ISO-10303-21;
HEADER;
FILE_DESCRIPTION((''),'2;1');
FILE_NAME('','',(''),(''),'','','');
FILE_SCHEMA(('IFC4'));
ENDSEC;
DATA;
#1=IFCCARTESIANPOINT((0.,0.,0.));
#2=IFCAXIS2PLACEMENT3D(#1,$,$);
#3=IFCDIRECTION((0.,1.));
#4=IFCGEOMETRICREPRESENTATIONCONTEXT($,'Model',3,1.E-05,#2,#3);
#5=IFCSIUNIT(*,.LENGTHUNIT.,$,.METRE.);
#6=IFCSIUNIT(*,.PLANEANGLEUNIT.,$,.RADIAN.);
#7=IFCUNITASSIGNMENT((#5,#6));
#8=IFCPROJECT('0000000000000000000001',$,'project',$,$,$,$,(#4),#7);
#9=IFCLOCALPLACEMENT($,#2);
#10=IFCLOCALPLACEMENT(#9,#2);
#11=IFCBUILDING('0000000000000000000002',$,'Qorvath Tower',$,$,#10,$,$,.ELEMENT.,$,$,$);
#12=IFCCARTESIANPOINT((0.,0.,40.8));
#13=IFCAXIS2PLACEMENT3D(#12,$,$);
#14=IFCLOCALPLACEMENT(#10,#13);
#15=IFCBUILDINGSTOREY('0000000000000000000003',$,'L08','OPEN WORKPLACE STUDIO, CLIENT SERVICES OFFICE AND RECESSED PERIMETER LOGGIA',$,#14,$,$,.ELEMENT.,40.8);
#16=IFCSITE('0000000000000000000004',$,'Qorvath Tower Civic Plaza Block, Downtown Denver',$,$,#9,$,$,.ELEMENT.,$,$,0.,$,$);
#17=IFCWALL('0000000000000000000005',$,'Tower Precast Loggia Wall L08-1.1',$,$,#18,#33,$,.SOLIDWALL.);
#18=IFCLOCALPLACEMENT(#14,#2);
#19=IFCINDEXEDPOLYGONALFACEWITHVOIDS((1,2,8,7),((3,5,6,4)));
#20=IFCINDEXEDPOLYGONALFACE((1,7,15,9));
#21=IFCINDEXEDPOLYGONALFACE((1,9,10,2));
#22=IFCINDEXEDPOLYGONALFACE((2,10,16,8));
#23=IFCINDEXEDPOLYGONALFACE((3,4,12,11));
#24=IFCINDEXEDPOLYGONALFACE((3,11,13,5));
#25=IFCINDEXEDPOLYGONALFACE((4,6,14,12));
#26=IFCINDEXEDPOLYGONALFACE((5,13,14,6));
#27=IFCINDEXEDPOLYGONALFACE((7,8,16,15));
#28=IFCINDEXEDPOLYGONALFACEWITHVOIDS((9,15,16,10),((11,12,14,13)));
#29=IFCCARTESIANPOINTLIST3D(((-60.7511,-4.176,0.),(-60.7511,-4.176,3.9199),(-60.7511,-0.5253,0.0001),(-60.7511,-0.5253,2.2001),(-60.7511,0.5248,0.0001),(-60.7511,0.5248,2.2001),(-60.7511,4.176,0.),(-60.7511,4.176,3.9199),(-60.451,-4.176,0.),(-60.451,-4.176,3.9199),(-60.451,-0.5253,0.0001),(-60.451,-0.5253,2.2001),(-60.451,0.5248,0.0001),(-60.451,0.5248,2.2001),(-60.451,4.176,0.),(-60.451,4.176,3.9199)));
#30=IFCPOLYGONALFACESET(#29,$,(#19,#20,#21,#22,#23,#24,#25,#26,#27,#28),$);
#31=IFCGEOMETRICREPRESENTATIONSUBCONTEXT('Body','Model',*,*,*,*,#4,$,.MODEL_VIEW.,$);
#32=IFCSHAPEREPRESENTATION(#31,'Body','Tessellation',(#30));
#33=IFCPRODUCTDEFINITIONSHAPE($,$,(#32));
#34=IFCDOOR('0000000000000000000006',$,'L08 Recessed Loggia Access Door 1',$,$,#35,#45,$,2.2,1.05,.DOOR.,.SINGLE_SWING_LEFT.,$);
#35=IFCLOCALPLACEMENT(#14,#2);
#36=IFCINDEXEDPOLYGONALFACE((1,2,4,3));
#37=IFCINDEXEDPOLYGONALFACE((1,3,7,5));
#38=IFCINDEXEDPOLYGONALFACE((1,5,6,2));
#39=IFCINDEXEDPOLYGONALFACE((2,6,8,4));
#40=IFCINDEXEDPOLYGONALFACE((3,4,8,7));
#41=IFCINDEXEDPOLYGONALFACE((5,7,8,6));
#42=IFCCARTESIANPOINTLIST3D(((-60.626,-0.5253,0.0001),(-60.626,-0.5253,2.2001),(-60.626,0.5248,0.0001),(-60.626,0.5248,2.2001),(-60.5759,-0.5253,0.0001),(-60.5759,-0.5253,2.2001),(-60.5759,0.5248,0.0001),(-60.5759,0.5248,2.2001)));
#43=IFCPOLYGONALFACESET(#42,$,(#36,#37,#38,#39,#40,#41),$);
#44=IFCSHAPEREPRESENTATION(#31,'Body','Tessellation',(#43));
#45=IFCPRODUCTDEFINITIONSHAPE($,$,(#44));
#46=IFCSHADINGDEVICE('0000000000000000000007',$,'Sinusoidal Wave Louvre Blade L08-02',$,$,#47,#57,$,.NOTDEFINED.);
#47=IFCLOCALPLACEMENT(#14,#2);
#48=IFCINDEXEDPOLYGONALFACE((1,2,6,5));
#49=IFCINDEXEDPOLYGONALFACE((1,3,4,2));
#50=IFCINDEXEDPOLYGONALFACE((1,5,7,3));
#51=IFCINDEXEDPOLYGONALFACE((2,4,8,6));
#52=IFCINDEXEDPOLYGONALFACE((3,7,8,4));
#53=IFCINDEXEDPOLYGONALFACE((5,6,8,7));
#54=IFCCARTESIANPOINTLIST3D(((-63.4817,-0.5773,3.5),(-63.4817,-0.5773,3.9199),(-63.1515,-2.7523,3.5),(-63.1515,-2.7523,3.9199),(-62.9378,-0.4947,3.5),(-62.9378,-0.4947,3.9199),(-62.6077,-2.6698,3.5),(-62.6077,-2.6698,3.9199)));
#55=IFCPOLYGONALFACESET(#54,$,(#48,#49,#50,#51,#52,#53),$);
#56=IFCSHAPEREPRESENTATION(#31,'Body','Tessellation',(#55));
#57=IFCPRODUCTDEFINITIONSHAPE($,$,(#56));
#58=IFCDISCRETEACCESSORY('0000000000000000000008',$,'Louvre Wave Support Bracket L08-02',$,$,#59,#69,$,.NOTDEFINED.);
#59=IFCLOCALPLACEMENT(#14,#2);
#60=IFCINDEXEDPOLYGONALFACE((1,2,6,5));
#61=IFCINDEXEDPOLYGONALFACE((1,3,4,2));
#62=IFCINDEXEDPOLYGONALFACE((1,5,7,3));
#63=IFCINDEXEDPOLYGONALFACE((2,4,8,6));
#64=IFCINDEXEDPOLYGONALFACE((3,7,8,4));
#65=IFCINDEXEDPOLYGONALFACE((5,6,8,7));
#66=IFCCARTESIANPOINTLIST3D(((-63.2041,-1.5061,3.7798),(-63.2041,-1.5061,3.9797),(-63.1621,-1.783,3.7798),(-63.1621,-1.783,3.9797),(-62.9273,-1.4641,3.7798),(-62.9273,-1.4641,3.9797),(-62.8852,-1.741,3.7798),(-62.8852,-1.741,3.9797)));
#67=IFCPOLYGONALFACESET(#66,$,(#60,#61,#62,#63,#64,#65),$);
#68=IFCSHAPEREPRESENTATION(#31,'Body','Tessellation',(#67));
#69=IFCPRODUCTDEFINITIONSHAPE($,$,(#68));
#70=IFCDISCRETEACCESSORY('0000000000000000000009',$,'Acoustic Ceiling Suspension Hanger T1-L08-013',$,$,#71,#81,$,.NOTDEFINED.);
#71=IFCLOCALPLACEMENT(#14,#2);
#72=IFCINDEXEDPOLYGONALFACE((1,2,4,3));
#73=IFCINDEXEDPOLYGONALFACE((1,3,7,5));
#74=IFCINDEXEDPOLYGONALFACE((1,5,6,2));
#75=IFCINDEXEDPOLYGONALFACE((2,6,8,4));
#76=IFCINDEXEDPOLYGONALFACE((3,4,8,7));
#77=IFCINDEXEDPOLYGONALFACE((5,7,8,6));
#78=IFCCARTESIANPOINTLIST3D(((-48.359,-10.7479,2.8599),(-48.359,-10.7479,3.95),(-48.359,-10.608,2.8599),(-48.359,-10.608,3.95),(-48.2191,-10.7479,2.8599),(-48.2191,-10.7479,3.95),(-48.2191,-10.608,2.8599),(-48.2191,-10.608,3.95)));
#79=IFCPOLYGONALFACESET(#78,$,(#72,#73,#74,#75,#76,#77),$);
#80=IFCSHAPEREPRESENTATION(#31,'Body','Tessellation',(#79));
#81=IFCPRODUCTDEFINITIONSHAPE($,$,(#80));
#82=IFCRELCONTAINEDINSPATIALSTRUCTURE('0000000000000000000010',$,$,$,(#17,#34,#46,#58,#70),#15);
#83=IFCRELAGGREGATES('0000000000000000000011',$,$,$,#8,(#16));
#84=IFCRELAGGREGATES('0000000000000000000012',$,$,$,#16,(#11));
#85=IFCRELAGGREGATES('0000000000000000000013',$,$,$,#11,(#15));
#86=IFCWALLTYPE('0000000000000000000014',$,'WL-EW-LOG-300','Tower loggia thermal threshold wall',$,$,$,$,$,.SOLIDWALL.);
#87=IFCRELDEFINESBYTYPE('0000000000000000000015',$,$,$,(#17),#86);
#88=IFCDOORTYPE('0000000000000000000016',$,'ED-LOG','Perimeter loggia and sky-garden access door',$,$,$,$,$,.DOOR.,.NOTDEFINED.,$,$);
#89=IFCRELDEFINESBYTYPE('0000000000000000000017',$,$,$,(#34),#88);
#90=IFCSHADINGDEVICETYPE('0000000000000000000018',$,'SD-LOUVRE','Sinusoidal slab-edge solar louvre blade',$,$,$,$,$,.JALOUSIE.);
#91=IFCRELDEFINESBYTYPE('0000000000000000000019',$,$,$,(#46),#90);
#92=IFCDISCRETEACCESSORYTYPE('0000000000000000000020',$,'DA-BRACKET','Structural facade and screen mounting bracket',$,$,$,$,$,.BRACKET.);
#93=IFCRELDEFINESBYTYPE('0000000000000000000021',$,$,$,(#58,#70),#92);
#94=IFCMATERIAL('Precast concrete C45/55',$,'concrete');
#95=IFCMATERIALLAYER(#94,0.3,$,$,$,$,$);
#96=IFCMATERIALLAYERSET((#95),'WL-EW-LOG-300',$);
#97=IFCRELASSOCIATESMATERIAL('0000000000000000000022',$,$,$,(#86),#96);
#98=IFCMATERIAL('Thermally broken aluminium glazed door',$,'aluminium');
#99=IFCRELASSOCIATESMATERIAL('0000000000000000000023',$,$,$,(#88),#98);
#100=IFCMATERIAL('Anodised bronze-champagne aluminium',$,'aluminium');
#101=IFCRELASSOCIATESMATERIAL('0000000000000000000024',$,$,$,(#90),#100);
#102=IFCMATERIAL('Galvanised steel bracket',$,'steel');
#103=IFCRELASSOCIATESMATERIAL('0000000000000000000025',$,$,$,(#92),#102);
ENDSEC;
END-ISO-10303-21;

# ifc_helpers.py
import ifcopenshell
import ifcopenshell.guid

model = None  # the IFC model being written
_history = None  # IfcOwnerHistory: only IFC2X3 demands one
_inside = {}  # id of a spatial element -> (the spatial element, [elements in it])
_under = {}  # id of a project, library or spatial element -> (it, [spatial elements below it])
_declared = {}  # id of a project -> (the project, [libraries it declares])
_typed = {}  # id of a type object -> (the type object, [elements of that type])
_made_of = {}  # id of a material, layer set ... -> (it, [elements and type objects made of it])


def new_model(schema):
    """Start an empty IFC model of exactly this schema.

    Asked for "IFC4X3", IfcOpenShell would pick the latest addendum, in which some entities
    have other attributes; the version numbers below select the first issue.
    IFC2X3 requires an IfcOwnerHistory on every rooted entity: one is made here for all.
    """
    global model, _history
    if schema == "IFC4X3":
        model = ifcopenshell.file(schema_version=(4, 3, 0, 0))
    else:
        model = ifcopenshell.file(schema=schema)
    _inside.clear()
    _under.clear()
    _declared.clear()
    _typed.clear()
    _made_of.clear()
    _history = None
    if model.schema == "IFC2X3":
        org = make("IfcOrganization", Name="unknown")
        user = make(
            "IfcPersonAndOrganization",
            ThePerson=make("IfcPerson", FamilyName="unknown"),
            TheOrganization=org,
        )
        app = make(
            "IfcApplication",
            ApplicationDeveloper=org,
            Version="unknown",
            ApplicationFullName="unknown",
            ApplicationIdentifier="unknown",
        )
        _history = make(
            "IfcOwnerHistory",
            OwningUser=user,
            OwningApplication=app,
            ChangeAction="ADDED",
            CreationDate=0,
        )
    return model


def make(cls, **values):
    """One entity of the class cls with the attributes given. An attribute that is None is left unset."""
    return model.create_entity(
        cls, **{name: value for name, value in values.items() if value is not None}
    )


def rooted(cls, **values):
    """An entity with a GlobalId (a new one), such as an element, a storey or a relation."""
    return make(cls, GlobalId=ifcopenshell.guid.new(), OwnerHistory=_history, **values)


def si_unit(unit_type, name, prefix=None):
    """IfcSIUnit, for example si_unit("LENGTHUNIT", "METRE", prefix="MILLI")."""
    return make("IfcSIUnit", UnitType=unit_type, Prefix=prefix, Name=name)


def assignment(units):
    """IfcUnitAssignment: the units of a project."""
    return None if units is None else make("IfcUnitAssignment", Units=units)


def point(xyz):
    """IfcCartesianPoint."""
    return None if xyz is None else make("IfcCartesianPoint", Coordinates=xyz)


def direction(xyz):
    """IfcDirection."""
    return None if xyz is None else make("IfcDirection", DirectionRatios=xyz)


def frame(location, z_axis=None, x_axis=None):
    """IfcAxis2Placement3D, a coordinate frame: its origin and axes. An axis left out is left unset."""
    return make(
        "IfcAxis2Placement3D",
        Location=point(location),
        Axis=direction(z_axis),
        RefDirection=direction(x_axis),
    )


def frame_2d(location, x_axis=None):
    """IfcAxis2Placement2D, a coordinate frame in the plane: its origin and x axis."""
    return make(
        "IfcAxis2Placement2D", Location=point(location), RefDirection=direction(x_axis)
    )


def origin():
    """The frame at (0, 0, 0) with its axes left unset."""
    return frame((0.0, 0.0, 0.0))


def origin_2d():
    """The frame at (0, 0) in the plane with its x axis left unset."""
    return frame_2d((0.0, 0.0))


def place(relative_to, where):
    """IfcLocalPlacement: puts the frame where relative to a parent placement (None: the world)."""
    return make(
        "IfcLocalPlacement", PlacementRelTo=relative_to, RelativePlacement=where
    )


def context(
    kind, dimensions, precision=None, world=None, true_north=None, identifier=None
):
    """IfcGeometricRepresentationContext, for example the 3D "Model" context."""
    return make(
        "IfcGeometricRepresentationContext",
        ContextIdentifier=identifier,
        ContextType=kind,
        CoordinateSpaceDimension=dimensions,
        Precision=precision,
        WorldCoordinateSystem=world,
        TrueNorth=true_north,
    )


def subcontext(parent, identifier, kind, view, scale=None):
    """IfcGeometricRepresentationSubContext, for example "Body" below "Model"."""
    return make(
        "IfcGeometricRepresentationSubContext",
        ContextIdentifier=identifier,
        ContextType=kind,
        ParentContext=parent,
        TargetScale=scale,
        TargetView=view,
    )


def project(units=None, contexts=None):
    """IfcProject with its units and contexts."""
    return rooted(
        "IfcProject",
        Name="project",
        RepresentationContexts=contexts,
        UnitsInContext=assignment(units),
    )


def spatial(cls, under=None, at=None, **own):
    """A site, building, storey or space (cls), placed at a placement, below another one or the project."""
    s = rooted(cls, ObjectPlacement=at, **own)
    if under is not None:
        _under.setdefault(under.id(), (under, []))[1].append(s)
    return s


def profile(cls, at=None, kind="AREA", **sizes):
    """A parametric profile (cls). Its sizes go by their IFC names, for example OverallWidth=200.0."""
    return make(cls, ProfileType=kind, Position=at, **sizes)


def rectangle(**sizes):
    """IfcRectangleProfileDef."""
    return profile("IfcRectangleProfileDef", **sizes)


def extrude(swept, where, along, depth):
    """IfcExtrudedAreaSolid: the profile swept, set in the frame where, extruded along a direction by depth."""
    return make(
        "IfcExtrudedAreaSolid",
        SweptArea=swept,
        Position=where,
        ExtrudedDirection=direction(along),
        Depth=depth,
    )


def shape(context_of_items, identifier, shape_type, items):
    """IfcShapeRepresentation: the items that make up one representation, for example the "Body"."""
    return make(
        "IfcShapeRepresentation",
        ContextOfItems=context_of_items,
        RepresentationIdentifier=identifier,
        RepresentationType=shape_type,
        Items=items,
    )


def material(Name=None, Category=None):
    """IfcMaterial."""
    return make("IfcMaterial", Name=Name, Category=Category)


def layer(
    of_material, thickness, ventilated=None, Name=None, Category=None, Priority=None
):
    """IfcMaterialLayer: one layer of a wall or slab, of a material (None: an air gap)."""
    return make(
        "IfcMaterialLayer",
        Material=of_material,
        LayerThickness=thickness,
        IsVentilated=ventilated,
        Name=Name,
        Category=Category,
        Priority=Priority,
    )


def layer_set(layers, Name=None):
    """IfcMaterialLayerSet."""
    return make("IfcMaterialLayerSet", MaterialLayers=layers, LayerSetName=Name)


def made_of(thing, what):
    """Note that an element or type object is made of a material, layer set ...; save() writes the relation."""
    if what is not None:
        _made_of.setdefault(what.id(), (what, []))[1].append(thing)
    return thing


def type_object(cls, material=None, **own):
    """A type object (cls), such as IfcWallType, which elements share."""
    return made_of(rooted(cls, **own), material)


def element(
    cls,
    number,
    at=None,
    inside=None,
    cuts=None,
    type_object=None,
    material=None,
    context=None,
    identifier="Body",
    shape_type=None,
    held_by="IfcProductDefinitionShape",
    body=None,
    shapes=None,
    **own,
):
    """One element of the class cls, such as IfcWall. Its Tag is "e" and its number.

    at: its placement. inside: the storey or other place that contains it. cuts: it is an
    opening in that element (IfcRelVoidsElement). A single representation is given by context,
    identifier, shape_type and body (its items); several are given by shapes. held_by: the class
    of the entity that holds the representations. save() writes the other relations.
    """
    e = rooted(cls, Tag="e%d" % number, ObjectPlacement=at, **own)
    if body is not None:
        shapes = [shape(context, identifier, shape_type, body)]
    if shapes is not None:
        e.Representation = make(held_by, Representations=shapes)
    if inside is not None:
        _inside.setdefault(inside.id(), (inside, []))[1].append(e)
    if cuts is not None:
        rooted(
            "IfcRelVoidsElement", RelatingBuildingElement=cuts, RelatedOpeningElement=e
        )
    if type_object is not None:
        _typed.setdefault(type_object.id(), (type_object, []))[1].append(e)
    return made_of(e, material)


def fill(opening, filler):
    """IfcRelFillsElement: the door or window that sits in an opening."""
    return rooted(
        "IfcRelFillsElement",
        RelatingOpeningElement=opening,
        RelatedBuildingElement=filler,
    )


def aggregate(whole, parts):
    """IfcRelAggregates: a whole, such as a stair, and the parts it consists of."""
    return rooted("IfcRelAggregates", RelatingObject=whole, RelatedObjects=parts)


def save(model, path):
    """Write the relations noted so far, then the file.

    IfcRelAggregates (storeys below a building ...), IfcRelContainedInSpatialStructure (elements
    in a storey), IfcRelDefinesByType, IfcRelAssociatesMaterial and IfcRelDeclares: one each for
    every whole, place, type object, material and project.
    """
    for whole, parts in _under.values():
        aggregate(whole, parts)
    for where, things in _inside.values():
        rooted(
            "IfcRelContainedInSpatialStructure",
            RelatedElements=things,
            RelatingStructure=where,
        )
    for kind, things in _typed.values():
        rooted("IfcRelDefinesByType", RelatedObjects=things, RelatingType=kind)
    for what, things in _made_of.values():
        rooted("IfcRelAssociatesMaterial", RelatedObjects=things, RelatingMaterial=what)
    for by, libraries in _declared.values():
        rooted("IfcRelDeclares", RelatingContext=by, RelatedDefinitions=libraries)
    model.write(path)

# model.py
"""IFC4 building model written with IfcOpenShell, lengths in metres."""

from ifc_helpers import new_model, si_unit, direction, frame, frame_2d, origin, origin_2d, place, context, subcontext, project, spatial, rectangle, extrude, material, layer, layer_set, type_object, element, fill, save


model = new_model("IFC4")

# Units and contexts
model_context = context("Model", 3, precision=1e-05, world=origin(), true_north=direction((0.0, 1.0)))
body_context = subcontext(model_context, "Body", "Model", "MODEL_VIEW")
ifc_project = project(units=[si_unit("LENGTHUNIT", "METRE"), si_unit("PLANEANGLEUNIT", "RADIAN")], contexts=[model_context])

# Site, building, storey
site_placement = place(None, origin())
site = spatial("IfcSite", under=ifc_project, at=site_placement, Name="Qorvath Tower Civic Plaza Block, Downtown Denver", CompositionType="ELEMENT", RefElevation=0.0)
building_placement = place(site_placement, origin())
building = spatial("IfcBuilding", under=site, at=building_placement, Name="Qorvath Tower", CompositionType="ELEMENT")
storey_placement = place(building_placement, frame((0.0, 0.0, 40.8)))
storey = spatial("IfcBuildingStorey", under=building, at=storey_placement, Name="L08", Description="OPEN WORKPLACE STUDIO, CLIENT SERVICES OFFICE AND RECESSED PERIMETER LOGGIA", CompositionType="ELEMENT", Elevation=40.8)

# Wall, opening, door
ifc_material_1 = material(Name="Precast concrete C45/55", Category="concrete")
ifc_layer_1 = layer(ifc_material_1, 0.3)
ifc_layer_set_1 = layer_set([ifc_layer_1], Name="WL-EW-LOG-300")
wall_type_1 = type_object("IfcWallType", Name="WL-EW-LOG-300", Description="Tower loggia thermal threshold wall", PredefinedType="SOLIDWALL", material=ifc_layer_set_1)
wall_1_placement = place(storey_placement, frame((-60.6011, -4.176, 0.0), z_axis=(0.0, 0.0, 1.0), x_axis=(0.0, 1.0, 0.0)))
wall_1 = element("IfcWall", 1, at=wall_1_placement, inside=storey, type_object=wall_type_1, Name="Tower Precast Loggia Wall L08-1.1", PredefinedType="SOLIDWALL", context=body_context, shape_type="SweptSolid", body=[
    extrude(rectangle(XDim=8.3521, YDim=0.3, at=frame_2d((4.176, 0.0))), origin(), (0.0, 0.0, 1.0), 3.9199),
])
opening_1_placement = place(wall_1_placement, frame((3.6509, 0.0, 0.0)))
opening_1 = element("IfcOpeningElement", 2, at=opening_1_placement, cuts=wall_1, PredefinedType="OPENING", context=body_context, shape_type="SweptSolid", body=[
    extrude(rectangle(XDim=1.05, YDim=2.2, at=frame_2d((0.5249, 1.1001))), frame((0.0, 0.1602, 0.0), z_axis=(0.0, -1.0, 0.0), x_axis=(1.0, 0.0, 0.0)), (0.0, 0.0, 1.0), 0.3201),
])
ifc_material_2 = material(Name="Thermally broken aluminium glazed door", Category="aluminium")
door_type_1 = type_object("IfcDoorType", Name="ED-LOG", Description="Perimeter loggia and sky-garden access door", OperationType="NOTDEFINED", PredefinedType="DOOR", material=ifc_material_2)
door_1_placement = place(opening_1_placement, origin())
door_1 = element("IfcDoor", 3, at=door_1_placement, inside=storey, type_object=door_type_1, Name="L08 Recessed Loggia Access Door 1", OperationType="SINGLE_SWING_LEFT", OverallHeight=2.2, OverallWidth=1.05, PredefinedType="DOOR", context=body_context, shape_type="SweptSolid", body=[
    extrude(rectangle(XDim=1.05, YDim=2.2, at=frame_2d((0.5249, 1.1001))), frame((0.0, 0.0249, 0.0), z_axis=(0.0, -1.0, 0.0), x_axis=(1.0, 0.0, 0.0)), (0.0, 0.0, 1.0), 0.05),
])
fill(opening_1, door_1)

# Shading device
ifc_material_3 = material(Name="Anodised bronze-champagne aluminium", Category="aluminium")
shading_device_type = type_object("IfcShadingDeviceType", Name="SD-LOUVRE", Description="Sinusoidal slab-edge solar louvre blade", PredefinedType="JALOUSIE", material=ifc_material_3)
shading_device_placement = place(storey_placement, frame((-63.0447, -1.6235, 3.5), z_axis=(0.0, 0.0, 1.0), x_axis=(0.150075, -0.988675, 0.0)))
element("IfcShadingDevice", 4, at=shading_device_placement, inside=storey, type_object=shading_device_type, Name="Sinusoidal Wave Louvre Blade L08-02", PredefinedType="NOTDEFINED", context=body_context, shape_type="SweptSolid", body=[
    extrude(rectangle(XDim=2.2, YDim=0.55, at=origin_2d()), origin(), (0.0, 0.0, 1.0), 0.4199),
])

# Discrete accessories
ifc_material_4 = material(Name="Galvanised steel bracket", Category="steel")
discrete_accessory_type = type_object("IfcDiscreteAccessoryType", Name="DA-BRACKET", Description="Structural facade and screen mounting bracket", PredefinedType="BRACKET", material=ifc_material_4)
discrete_accessory_1_placement = place(storey_placement, frame((-63.0447, -1.6235, 3.7798), z_axis=(0.0, 0.0, 1.0), x_axis=(0.150075, -0.988675, 0.0)))
element("IfcDiscreteAccessory", 5, at=discrete_accessory_1_placement, inside=storey, type_object=discrete_accessory_type, Name="Louvre Wave Support Bracket L08-02", PredefinedType="NOTDEFINED", context=body_context, shape_type="SweptSolid", body=[
    extrude(rectangle(XDim=0.28, YDim=0.28, at=origin_2d()), origin(), (0.0, 0.0, 1.0), 0.2),
])
discrete_accessory_2_placement = place(storey_placement, frame((-48.2891, -10.678, 2.8599), z_axis=(0.0, 0.0, 1.0), x_axis=(1.0, 0.0, 0.0)))
element("IfcDiscreteAccessory", 6, at=discrete_accessory_2_placement, inside=storey, type_object=discrete_accessory_type, Name="Acoustic Ceiling Suspension Hanger T1-L08-013", PredefinedType="NOTDEFINED", context=body_context, shape_type="SweptSolid", body=[
    extrude(rectangle(XDim=0.1399, YDim=0.1399, at=origin_2d()), origin(), (0.0, 0.0, 1.0), 1.0901),
])

save(model, "model.ifc")
